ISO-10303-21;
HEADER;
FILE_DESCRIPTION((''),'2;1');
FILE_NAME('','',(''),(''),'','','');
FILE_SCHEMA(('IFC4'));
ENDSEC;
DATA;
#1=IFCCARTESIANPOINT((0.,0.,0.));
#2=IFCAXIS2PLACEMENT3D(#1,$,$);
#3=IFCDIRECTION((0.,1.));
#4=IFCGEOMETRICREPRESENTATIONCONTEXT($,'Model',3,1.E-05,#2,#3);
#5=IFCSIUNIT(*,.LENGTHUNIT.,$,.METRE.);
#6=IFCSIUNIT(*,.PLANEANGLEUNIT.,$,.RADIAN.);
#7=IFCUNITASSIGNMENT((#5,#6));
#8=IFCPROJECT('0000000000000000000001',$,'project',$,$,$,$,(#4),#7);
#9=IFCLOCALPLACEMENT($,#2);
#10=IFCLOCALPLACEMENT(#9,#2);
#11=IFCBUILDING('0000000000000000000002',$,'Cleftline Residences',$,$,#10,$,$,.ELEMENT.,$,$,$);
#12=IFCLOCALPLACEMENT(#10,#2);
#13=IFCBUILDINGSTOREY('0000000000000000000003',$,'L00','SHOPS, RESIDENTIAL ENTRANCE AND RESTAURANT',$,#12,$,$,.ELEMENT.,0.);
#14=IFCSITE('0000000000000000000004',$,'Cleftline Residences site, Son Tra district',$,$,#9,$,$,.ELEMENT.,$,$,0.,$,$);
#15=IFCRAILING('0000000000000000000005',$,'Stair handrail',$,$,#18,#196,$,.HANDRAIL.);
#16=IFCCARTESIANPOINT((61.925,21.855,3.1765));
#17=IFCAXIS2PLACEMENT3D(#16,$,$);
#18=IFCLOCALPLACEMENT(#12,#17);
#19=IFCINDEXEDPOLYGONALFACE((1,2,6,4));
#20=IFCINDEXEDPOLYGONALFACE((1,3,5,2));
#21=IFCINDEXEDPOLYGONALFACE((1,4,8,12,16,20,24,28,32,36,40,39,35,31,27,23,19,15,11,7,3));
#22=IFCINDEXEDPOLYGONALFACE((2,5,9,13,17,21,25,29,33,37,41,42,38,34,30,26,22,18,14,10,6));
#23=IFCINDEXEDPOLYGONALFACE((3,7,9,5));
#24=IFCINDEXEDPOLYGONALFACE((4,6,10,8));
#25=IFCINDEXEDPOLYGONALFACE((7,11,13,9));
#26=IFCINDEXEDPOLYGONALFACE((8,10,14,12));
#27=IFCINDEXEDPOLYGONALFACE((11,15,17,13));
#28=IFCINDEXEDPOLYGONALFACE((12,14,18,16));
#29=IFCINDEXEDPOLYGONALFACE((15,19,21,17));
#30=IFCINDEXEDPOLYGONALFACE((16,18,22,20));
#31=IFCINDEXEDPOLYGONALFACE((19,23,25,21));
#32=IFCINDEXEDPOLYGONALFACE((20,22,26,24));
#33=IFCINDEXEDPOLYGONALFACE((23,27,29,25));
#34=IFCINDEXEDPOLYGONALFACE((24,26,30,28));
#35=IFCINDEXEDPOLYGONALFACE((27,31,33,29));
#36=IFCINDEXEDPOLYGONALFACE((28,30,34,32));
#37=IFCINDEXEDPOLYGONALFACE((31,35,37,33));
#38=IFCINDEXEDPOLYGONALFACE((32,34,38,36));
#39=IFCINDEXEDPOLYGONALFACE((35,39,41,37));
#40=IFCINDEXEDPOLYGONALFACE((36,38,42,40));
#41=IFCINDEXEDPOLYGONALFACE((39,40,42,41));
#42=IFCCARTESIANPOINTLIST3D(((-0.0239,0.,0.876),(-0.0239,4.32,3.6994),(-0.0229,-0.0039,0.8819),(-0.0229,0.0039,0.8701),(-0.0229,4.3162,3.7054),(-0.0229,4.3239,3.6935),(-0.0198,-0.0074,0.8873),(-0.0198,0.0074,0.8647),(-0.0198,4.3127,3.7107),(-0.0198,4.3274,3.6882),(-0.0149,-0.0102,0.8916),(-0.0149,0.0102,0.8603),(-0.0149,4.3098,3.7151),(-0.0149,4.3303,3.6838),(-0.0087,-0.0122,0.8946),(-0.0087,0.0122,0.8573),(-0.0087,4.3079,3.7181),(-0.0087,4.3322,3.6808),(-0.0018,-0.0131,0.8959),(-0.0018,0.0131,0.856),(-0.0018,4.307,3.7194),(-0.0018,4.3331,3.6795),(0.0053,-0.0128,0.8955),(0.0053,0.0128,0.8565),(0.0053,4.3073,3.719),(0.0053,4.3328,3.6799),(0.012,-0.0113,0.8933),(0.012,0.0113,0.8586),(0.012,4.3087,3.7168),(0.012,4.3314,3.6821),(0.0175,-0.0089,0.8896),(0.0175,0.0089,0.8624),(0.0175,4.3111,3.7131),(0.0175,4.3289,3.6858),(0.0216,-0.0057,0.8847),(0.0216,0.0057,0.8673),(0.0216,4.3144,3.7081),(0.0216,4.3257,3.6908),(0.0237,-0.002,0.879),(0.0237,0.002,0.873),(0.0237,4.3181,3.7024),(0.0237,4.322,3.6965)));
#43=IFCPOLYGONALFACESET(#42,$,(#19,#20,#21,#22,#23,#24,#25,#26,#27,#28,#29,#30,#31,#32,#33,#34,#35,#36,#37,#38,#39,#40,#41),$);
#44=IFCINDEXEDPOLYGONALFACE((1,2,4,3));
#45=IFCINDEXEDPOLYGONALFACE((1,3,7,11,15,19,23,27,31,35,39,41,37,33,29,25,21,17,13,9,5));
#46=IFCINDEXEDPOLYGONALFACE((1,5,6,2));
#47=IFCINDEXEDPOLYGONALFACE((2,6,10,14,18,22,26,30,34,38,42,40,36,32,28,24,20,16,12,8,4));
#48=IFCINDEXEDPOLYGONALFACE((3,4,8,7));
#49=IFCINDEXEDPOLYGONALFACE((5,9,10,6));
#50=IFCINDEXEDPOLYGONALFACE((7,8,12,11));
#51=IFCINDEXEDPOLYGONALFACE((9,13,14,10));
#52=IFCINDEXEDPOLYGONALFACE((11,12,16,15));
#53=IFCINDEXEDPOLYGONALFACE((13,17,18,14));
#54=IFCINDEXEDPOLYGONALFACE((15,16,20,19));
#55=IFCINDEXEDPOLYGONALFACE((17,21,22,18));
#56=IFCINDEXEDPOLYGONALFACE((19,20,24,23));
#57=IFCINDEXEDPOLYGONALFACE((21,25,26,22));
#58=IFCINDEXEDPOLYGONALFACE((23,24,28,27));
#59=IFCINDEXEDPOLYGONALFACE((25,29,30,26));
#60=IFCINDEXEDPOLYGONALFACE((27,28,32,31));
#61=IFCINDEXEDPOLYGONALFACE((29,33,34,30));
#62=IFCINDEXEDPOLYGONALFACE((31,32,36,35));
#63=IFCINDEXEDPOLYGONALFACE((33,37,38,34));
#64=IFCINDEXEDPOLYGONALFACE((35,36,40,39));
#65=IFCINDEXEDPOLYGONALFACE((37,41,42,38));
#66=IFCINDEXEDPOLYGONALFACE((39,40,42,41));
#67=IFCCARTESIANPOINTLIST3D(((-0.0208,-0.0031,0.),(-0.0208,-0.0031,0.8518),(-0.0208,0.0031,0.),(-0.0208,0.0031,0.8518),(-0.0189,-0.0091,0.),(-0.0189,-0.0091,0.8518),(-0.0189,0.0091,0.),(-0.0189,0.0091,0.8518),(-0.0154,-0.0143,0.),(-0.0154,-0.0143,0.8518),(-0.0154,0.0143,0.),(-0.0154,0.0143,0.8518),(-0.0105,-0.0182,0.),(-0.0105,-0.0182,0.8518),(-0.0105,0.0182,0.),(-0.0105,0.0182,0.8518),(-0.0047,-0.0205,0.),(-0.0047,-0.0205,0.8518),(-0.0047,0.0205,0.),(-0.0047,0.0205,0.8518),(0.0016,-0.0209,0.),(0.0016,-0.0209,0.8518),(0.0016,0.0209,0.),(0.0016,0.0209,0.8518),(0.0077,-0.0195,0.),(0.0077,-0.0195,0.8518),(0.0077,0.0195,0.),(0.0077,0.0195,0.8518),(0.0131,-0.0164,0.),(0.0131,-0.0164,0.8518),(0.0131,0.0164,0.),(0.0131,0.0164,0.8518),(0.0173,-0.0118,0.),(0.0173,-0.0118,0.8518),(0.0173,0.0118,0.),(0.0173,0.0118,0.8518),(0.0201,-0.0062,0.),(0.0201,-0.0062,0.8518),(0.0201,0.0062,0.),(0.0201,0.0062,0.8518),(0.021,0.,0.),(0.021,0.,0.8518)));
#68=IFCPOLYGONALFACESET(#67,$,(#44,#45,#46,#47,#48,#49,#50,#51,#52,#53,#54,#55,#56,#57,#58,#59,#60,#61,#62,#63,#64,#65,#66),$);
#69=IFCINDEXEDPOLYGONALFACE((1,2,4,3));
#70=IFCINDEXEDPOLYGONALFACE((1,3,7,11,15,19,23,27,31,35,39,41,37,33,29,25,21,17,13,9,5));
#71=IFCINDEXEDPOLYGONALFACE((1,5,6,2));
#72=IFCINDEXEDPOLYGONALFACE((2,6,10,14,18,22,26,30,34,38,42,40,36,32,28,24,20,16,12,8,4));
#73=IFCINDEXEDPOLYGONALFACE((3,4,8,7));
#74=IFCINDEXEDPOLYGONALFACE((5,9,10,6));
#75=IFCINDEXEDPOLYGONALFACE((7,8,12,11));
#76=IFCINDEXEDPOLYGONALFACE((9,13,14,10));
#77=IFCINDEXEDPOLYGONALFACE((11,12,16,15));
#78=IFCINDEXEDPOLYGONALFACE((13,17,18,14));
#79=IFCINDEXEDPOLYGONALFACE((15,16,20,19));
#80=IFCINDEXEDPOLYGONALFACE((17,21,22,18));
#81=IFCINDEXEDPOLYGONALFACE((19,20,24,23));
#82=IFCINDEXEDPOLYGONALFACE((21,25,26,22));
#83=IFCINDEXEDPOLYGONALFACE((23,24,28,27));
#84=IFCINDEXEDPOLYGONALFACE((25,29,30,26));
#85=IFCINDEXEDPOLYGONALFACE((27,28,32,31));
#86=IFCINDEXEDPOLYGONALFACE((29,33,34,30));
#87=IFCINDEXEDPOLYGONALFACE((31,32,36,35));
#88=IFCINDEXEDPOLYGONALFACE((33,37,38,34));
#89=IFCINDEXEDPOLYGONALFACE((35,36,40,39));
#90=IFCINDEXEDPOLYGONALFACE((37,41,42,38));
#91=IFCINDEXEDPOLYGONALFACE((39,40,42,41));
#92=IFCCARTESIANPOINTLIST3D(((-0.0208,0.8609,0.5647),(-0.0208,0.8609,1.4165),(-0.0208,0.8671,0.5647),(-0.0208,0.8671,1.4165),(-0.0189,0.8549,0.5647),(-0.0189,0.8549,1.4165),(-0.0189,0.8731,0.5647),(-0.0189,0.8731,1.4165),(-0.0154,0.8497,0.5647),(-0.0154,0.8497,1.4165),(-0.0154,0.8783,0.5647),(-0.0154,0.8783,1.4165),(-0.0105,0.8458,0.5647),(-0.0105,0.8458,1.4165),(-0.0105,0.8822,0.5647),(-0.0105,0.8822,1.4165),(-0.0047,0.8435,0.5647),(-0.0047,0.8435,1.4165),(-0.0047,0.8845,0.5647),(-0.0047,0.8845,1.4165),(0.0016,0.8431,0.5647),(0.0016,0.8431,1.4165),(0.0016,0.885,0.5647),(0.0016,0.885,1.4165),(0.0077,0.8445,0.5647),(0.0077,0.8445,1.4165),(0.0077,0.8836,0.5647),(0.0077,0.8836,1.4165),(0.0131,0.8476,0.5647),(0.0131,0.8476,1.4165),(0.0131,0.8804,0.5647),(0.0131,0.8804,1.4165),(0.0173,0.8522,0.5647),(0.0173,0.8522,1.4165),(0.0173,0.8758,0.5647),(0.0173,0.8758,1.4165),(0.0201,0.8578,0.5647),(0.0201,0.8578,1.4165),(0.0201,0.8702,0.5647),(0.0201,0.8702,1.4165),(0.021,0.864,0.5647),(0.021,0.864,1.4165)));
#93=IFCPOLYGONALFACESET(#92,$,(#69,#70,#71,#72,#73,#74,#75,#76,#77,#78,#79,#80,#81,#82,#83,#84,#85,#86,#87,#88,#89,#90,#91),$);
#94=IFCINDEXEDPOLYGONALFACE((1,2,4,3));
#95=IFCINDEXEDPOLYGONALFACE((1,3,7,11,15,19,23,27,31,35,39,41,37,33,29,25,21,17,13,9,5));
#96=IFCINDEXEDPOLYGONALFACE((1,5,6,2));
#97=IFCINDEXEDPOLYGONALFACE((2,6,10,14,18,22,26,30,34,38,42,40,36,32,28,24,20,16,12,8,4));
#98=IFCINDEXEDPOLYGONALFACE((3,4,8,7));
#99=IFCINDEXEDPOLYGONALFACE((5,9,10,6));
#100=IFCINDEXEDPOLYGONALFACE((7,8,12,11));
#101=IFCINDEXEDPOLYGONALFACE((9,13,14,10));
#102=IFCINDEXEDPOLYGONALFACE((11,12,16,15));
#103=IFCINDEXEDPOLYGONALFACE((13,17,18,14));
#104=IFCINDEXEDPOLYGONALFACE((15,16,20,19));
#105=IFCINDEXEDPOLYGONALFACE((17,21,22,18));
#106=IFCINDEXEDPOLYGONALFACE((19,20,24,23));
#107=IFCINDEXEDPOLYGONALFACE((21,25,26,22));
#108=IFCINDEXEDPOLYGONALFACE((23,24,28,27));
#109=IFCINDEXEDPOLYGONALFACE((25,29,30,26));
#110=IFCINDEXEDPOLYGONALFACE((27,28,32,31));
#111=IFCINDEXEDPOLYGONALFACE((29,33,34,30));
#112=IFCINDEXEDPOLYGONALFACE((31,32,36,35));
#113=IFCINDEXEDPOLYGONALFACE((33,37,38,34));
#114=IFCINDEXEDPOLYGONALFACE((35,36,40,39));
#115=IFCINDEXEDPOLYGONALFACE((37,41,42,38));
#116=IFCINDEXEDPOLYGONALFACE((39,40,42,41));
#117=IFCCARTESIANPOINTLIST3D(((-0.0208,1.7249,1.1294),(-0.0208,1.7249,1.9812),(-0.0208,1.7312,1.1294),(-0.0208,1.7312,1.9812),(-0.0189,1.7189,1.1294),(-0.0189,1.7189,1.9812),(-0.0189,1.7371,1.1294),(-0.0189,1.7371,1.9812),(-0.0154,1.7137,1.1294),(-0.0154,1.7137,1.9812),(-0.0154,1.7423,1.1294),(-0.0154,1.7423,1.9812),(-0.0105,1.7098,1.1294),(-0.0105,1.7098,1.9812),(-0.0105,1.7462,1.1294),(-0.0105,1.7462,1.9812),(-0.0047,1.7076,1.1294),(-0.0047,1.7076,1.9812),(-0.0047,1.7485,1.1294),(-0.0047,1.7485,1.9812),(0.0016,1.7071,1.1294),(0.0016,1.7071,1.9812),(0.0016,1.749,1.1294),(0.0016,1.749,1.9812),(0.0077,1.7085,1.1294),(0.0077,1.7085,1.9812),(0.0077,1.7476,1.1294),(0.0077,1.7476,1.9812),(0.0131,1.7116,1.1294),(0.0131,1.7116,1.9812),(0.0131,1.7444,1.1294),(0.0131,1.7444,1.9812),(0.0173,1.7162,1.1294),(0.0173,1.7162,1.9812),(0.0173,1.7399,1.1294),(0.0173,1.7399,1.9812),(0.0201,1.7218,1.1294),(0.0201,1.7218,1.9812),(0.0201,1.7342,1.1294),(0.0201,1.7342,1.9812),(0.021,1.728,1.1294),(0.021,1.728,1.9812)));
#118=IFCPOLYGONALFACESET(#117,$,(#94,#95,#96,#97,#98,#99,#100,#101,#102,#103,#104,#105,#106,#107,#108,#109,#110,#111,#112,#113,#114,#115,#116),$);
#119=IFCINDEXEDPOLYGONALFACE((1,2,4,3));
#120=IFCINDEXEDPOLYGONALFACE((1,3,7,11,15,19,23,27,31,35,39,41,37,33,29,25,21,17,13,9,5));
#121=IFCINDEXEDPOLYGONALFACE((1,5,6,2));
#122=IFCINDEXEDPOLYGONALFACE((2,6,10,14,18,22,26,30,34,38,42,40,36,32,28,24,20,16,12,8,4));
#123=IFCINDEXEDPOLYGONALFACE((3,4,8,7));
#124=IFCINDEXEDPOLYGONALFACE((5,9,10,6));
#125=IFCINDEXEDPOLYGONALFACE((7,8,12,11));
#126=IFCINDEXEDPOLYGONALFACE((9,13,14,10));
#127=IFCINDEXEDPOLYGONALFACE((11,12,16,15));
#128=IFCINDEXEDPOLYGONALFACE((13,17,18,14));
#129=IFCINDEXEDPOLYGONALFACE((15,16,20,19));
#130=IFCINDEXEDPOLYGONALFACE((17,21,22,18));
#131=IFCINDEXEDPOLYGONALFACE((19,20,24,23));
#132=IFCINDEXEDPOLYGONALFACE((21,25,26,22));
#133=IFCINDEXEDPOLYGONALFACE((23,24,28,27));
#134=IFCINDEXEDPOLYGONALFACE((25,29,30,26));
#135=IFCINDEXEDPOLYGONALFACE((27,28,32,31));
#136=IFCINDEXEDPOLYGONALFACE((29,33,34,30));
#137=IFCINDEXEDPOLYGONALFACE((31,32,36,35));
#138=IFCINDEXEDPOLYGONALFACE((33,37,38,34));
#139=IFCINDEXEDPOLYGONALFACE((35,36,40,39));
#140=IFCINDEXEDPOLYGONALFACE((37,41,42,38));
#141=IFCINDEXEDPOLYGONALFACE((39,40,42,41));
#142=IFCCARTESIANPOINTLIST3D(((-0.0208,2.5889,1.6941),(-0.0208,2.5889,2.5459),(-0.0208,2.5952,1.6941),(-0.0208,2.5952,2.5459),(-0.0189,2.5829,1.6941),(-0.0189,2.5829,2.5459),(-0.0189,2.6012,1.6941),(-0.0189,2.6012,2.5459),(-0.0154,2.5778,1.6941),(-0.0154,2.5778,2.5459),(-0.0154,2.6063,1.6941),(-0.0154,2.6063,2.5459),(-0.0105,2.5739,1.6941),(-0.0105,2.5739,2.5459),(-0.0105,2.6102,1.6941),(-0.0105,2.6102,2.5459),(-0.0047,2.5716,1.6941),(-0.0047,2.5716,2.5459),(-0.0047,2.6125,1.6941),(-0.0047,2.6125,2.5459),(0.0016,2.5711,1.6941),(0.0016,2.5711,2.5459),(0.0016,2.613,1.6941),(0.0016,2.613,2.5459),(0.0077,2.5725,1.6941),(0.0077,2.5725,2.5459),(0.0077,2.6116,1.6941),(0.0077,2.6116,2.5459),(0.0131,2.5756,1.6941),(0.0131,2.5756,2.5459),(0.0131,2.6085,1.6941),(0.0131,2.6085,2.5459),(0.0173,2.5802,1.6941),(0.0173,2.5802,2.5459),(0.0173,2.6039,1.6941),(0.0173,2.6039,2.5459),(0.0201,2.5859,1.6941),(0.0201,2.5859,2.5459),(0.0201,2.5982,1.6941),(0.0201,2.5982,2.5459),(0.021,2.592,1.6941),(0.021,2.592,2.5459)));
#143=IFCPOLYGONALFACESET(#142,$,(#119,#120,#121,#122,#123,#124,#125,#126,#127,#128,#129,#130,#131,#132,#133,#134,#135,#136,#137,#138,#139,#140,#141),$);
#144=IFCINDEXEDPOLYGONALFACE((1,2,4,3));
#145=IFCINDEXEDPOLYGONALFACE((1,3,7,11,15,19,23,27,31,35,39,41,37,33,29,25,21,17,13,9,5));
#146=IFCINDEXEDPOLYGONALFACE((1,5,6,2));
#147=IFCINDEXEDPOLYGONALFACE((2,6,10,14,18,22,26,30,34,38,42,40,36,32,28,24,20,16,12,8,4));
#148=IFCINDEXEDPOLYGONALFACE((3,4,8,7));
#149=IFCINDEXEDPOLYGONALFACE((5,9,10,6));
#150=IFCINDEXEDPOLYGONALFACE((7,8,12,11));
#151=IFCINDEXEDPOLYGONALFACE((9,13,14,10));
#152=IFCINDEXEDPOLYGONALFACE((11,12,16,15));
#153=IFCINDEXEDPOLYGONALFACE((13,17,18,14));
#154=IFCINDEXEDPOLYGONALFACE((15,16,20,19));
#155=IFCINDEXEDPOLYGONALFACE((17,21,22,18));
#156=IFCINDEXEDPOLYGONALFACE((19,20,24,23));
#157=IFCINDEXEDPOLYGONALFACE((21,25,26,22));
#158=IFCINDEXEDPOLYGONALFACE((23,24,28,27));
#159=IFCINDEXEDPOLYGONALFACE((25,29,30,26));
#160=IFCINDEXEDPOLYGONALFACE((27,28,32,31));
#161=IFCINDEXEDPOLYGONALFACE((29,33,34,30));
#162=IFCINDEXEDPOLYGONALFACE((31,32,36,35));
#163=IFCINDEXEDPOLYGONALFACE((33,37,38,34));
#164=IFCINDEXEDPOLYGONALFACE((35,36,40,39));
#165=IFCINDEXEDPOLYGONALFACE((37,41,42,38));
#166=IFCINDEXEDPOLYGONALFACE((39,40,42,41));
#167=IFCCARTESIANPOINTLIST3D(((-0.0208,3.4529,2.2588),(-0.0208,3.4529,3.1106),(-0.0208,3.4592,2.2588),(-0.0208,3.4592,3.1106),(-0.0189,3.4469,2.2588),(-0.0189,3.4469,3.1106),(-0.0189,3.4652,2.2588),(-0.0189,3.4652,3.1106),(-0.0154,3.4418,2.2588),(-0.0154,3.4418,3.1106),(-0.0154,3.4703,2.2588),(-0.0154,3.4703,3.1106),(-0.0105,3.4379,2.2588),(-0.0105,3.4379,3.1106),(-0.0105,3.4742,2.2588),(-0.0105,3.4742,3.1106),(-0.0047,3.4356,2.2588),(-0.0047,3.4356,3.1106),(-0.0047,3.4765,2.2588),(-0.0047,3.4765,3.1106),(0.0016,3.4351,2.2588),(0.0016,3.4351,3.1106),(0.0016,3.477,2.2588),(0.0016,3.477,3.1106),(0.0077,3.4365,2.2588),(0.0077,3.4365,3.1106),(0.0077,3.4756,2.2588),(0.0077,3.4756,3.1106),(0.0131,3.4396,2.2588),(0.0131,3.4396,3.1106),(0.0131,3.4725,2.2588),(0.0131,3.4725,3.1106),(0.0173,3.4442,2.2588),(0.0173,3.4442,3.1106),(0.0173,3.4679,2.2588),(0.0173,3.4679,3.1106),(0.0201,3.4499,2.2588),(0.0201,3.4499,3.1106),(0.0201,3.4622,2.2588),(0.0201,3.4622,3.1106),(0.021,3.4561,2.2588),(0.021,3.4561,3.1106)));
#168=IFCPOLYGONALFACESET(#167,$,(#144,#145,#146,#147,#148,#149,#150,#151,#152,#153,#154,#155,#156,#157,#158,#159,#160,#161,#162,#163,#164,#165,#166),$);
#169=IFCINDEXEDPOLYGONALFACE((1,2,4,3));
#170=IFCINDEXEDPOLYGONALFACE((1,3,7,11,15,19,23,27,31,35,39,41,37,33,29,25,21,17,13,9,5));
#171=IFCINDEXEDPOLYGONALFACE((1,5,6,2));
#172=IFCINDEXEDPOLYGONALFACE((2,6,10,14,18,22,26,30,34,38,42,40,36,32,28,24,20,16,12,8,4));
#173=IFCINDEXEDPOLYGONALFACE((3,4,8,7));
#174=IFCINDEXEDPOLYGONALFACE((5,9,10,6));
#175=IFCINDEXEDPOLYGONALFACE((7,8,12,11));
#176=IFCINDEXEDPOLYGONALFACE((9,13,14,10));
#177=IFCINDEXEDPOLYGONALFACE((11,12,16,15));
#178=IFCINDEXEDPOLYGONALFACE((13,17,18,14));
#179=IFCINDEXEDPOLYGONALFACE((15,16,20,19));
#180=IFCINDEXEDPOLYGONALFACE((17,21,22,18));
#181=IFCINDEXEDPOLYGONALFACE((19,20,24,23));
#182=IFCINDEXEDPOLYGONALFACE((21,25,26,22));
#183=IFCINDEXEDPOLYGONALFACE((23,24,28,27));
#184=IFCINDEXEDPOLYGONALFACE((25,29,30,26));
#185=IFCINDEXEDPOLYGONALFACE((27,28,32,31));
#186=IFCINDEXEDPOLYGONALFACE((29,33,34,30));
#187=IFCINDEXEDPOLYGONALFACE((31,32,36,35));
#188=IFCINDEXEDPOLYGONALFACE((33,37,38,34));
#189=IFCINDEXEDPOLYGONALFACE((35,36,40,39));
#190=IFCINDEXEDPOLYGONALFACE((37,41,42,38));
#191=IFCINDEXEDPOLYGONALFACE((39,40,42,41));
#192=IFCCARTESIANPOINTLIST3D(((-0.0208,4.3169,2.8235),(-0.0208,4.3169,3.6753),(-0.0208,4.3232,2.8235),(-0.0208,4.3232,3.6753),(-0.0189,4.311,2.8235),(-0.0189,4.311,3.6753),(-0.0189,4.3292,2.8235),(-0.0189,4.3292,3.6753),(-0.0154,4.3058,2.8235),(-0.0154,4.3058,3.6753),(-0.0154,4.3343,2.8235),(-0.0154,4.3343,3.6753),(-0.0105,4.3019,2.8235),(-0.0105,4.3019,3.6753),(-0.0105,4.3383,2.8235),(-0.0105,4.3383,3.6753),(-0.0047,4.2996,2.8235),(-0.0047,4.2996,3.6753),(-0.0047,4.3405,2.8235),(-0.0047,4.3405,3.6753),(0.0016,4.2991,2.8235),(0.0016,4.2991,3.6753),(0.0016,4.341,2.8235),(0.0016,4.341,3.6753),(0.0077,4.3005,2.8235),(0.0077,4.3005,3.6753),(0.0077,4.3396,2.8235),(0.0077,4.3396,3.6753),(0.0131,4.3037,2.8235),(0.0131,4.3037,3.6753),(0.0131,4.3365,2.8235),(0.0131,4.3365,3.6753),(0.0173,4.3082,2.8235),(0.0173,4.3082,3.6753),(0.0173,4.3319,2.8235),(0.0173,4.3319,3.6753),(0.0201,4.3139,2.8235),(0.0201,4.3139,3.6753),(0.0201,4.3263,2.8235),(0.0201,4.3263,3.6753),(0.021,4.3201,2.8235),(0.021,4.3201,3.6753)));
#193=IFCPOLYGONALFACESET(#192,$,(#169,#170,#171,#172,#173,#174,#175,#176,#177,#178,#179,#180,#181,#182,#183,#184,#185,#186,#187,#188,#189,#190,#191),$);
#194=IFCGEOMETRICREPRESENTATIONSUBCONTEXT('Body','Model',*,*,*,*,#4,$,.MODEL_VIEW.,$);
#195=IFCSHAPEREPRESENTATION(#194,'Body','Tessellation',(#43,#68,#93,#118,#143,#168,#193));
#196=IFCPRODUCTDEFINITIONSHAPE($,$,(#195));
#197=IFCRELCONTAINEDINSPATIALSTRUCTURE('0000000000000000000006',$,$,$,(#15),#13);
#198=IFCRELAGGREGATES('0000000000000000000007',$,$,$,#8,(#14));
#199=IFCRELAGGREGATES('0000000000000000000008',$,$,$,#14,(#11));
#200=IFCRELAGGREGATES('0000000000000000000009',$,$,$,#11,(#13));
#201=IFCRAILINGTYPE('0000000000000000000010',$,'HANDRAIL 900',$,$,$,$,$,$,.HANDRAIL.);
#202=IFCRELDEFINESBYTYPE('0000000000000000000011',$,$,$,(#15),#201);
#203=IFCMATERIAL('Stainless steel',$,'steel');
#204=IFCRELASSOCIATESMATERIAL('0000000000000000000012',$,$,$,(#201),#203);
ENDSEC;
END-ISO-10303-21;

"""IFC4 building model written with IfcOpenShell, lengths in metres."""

from ifc_helpers import new_model, si_unit, direction, frame, origin, origin_2d, place, context, subcontext, project, spatial, circle, extrude, material, type_object, element, save


model = new_model("IFC4")

# Units and contexts
model_context = context("Model", 3, precision=1e-05, world=origin(), true_north=direction((0.0, 1.0)))
body_context = subcontext(model_context, "Body", "Model", "MODEL_VIEW")
ifc_project = project(units=[si_unit("LENGTHUNIT", "METRE"), si_unit("PLANEANGLEUNIT", "RADIAN")], contexts=[model_context])

# Site, building, storey
site_placement = place(None, origin())
site = spatial("IfcSite", under=ifc_project, at=site_placement, Name="Cleftline Residences site, Son Tra district", CompositionType="ELEMENT", RefElevation=0.0)
building_placement = place(site_placement, origin())
building = spatial("IfcBuilding", under=site, at=building_placement, Name="Cleftline Residences", CompositionType="ELEMENT")
storey_placement = place(building_placement, origin())
storey = spatial("IfcBuildingStorey", under=building, at=storey_placement, Name="L00", Description="SHOPS, RESIDENTIAL ENTRANCE AND RESTAURANT", CompositionType="ELEMENT", Elevation=0.0)

# Railing
ifc_material_1 = material(Name="Stainless steel", Category="steel")
railing_type = type_object("IfcRailingType", Name="HANDRAIL 900", PredefinedType="HANDRAIL", material=ifc_material_1)
railing_1_placement = place(storey_placement, frame((61.925, 21.855, 3.1765)))
element("IfcRailing", 1, at=railing_1_placement, inside=storey, type_object=railing_type, Name="Stair handrail", PredefinedType="HANDRAIL", context=body_context, shape_type="SweptSolid", body=[
    extrude(circle(Radius=0.0239, at=origin_2d()), frame((0.0, 0.0, 0.876), z_axis=(0.0, 0.837074, 0.54709), x_axis=(-1.0, 0.0, 0.0)), (0.0, 0.0, 1.0), 5.1609),
    extrude(circle(Radius=0.021, at=origin_2d()), origin(), (0.0, 0.0, 1.0), 0.8518),
    extrude(circle(Radius=0.021, at=origin_2d()), frame((0.0, 0.864, 0.5647)), (0.0, 0.0, 1.0), 0.8518),
    extrude(circle(Radius=0.021, at=origin_2d()), frame((0.0, 1.728, 1.1294)), (0.0, 0.0, 1.0), 0.8518),
    extrude(circle(Radius=0.021, at=origin_2d()), frame((0.0, 2.592, 1.6941)), (0.0, 0.0, 1.0), 0.8518),
    extrude(circle(Radius=0.021, at=origin_2d()), frame((0.0, 3.4561, 2.2588)), (0.0, 0.0, 1.0), 0.8518),
    extrude(circle(Radius=0.021, at=origin_2d()), frame((0.0, 4.3201, 2.8235)), (0.0, 0.0, 1.0), 0.8518),
])

save(model, "model.ifc")
